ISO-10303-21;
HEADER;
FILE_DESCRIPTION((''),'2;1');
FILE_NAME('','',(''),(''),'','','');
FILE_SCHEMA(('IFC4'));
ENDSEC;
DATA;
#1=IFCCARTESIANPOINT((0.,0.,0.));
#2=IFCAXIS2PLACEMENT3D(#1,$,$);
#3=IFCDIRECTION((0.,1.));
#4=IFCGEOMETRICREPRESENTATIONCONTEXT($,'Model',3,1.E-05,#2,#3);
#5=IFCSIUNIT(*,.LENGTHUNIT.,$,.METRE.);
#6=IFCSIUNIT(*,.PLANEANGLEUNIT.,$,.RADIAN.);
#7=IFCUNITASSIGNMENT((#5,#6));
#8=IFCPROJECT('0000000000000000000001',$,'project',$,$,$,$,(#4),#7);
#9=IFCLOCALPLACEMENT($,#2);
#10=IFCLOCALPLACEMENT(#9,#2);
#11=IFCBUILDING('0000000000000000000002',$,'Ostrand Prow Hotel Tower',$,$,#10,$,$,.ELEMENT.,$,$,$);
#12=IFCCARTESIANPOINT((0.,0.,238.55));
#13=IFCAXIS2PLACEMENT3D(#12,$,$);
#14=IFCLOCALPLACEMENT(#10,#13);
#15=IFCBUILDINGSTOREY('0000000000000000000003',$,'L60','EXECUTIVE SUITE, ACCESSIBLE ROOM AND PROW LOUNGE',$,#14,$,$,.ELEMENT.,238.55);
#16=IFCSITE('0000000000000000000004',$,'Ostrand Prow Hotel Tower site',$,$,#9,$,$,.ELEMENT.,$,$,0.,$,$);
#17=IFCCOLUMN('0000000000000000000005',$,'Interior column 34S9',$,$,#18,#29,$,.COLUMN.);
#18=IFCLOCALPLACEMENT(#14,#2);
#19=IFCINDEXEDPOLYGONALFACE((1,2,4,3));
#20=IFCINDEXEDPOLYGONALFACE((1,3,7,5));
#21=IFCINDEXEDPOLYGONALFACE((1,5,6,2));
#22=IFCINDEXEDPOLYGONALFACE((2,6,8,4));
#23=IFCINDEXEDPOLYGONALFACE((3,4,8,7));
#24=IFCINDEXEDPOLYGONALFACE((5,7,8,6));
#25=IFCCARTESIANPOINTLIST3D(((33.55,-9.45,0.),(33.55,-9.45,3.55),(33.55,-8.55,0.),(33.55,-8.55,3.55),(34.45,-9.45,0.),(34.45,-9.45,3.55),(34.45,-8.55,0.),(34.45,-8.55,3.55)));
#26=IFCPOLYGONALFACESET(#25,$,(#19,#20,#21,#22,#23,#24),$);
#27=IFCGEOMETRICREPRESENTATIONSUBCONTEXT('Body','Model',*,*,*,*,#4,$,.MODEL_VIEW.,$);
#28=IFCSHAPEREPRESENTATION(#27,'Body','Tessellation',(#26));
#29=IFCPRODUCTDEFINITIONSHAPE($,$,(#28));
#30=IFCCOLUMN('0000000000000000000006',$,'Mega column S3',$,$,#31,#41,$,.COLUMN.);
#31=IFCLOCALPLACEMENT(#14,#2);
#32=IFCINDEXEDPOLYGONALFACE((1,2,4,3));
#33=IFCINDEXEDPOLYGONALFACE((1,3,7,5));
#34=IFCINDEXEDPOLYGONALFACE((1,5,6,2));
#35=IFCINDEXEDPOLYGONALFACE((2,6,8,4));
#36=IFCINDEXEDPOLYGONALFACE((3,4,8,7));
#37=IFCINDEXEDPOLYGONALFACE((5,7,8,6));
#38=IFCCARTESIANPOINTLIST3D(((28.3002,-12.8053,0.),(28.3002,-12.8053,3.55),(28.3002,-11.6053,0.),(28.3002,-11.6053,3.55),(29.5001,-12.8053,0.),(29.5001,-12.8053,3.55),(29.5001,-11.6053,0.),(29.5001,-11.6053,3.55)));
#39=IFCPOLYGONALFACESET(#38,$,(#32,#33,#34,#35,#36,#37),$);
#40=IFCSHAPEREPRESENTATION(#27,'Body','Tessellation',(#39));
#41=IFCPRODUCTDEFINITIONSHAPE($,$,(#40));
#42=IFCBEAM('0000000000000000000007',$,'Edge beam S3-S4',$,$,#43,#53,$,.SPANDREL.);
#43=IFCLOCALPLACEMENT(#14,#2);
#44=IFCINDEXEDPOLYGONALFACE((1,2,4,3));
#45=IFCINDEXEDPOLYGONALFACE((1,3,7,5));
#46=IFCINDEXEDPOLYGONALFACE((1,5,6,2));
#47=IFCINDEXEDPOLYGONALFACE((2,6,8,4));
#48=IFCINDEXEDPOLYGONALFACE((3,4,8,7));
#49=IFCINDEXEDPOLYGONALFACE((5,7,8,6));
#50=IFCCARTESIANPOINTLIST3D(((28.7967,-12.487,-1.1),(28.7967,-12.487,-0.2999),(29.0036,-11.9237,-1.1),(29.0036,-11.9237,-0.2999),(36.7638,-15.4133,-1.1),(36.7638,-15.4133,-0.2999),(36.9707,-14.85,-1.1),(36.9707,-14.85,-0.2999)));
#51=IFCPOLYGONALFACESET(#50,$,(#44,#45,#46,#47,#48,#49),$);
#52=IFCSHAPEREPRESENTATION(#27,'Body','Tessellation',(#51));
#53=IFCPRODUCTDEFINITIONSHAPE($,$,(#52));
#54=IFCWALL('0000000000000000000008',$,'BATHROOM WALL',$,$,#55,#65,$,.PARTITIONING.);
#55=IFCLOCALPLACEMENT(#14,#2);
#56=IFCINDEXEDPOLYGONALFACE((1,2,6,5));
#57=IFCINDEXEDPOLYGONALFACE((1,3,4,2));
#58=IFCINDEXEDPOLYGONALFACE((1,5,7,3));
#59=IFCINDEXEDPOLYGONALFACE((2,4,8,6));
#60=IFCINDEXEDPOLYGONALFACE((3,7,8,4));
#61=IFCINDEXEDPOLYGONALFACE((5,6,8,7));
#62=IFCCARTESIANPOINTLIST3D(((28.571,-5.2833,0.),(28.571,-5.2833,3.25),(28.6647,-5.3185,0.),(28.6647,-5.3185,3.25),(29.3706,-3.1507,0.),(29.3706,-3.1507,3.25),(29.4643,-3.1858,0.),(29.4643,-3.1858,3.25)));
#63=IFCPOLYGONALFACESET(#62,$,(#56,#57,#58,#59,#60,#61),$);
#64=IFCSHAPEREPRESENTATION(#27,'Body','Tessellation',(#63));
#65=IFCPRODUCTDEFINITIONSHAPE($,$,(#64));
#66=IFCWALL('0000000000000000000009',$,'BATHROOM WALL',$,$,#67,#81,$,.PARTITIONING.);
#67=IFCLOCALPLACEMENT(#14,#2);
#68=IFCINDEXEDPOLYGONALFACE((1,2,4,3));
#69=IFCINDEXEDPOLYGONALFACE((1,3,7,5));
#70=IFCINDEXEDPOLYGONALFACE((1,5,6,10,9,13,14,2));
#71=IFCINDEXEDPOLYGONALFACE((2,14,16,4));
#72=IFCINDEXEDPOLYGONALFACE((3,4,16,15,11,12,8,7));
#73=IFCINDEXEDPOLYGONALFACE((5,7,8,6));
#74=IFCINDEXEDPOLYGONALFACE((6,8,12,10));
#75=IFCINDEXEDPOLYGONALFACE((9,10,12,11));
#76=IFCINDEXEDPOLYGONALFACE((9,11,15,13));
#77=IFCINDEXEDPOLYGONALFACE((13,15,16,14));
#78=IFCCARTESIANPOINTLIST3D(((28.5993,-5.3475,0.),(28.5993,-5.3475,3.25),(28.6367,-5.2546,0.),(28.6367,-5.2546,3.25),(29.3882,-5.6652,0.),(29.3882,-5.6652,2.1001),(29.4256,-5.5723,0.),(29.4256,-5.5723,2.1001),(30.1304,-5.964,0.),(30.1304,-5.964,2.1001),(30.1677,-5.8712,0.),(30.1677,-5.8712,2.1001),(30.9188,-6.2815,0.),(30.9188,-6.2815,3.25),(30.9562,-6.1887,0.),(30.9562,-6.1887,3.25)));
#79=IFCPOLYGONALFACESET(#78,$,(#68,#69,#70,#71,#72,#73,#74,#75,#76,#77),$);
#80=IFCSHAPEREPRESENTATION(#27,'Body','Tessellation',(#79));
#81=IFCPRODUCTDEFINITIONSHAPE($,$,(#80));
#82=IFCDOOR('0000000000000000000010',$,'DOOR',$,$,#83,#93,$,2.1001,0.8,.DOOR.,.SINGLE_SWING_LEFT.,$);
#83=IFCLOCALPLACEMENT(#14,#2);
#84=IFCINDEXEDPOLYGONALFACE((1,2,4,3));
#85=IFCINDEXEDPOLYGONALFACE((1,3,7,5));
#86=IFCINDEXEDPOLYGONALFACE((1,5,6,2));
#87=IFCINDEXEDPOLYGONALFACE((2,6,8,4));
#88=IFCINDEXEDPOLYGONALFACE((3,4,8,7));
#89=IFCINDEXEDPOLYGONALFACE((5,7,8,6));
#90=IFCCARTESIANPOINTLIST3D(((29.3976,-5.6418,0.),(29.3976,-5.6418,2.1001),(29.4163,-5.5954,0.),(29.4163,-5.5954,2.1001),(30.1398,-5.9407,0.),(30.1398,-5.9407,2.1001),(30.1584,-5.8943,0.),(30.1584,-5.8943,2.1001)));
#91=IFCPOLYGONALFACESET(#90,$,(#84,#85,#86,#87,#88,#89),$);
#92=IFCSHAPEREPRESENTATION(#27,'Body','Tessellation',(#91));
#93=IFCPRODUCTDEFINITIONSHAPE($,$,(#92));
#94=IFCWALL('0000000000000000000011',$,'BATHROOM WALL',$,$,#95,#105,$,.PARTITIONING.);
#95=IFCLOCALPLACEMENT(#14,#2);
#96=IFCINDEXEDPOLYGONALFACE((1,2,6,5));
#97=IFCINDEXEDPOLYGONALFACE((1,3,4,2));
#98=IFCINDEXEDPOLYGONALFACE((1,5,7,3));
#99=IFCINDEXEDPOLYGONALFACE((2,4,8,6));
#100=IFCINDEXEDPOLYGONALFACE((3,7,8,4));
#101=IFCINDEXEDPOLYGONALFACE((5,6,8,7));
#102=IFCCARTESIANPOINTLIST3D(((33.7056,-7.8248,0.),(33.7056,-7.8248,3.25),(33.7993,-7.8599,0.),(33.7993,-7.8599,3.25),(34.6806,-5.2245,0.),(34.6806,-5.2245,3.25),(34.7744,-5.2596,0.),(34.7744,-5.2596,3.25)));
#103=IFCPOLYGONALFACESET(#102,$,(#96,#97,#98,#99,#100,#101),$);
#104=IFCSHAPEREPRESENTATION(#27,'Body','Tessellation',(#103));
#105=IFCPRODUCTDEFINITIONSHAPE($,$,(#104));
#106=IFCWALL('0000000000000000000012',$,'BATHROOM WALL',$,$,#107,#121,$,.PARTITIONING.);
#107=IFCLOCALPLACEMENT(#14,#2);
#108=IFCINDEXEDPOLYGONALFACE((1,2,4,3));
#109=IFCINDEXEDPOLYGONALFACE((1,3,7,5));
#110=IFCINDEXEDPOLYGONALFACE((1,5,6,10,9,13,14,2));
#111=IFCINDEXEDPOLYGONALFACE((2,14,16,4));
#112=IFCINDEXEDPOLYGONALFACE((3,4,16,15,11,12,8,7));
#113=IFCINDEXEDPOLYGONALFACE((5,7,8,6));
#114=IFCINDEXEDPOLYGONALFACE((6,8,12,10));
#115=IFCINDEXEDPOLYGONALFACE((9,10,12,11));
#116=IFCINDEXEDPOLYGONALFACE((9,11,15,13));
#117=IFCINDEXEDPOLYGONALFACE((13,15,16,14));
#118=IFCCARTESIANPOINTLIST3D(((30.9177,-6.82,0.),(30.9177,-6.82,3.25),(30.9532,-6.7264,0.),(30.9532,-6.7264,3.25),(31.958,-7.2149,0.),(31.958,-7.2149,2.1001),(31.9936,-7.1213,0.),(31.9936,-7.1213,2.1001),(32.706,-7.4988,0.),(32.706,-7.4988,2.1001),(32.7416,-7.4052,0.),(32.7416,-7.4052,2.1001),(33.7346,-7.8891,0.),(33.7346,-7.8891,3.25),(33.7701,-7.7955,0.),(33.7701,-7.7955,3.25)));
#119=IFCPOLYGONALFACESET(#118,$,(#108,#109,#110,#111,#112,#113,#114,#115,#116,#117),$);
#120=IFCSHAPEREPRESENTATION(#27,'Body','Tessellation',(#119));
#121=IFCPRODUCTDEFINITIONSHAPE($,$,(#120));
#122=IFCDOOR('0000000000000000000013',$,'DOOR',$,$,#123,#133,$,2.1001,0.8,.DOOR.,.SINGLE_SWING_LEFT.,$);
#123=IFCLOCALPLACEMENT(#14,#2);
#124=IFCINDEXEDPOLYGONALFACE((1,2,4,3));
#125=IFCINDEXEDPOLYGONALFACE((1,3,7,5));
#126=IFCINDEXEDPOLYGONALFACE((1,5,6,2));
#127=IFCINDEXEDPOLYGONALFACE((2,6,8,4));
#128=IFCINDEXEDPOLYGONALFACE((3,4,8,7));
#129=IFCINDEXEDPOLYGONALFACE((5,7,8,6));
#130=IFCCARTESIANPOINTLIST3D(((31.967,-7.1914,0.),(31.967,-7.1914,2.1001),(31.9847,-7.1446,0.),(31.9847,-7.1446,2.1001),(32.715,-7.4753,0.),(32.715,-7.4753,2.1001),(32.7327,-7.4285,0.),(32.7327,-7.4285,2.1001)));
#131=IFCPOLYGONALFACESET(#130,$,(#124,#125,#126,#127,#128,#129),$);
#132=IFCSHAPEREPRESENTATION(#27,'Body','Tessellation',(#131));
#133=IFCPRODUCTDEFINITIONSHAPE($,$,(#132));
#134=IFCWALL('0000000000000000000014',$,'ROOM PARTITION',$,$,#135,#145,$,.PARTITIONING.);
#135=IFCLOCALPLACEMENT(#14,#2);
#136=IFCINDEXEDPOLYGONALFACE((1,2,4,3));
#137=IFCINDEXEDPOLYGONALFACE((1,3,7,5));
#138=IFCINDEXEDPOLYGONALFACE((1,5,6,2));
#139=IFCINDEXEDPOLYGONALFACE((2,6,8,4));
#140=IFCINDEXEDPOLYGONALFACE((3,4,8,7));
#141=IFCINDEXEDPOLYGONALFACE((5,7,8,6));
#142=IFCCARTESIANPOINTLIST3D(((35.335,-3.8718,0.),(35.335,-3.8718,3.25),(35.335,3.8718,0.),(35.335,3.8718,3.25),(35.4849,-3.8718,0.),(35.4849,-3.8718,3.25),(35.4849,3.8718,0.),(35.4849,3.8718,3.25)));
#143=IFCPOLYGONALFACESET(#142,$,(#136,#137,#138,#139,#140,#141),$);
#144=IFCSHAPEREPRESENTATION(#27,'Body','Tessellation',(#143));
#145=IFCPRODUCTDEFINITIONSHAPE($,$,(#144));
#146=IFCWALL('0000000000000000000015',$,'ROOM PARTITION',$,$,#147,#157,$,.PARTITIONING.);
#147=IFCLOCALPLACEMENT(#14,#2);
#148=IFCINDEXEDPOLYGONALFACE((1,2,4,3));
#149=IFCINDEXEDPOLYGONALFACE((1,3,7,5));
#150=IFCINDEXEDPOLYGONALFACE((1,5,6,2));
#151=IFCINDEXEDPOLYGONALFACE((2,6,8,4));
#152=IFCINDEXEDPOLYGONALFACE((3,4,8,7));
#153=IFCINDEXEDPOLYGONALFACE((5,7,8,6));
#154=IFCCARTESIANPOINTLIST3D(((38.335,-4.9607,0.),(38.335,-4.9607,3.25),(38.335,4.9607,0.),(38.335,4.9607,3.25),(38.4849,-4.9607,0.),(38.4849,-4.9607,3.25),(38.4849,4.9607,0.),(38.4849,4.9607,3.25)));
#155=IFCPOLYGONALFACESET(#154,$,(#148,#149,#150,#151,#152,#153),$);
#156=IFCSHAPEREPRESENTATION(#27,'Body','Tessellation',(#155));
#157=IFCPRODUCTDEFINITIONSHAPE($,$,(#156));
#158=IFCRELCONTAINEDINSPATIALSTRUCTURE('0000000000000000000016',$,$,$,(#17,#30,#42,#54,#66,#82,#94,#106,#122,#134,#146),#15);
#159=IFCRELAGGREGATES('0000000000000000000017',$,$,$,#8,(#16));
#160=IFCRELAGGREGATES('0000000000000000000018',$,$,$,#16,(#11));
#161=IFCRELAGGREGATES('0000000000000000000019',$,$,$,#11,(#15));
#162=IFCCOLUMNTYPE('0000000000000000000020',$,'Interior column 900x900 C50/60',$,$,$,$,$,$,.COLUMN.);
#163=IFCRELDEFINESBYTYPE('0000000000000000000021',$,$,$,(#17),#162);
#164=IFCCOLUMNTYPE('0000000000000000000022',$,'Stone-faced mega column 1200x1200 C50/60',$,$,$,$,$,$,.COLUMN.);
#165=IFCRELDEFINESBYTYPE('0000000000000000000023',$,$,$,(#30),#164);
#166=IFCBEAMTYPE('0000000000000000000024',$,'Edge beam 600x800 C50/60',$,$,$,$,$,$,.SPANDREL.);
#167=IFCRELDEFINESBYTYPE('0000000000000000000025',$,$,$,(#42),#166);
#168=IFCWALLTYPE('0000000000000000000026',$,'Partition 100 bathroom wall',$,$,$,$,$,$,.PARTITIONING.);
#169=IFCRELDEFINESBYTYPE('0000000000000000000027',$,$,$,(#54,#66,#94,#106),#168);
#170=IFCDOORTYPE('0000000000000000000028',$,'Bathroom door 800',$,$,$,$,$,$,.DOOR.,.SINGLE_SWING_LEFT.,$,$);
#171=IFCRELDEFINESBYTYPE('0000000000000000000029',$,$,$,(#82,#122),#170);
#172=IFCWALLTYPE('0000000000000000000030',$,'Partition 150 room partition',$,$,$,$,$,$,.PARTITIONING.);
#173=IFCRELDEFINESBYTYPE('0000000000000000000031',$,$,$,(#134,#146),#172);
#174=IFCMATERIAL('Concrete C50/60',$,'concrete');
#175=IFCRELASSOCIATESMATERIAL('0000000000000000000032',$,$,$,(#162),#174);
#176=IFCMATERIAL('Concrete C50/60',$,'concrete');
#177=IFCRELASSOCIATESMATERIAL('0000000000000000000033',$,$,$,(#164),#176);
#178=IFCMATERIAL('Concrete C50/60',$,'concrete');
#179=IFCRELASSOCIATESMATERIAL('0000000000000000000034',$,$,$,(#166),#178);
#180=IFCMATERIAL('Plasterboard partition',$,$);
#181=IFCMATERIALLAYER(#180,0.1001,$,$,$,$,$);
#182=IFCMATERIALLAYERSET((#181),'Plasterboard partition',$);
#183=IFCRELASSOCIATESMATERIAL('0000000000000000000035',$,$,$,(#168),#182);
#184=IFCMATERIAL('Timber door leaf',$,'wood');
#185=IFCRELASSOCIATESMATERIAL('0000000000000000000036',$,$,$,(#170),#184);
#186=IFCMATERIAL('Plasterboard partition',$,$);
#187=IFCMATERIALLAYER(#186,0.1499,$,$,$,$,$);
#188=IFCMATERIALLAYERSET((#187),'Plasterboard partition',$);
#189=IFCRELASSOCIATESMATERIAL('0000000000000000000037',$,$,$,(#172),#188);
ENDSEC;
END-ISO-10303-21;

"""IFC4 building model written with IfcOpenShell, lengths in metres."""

from ifc_helpers import new_model, si_unit, direction, frame, frame_2d, origin, origin_2d, place, context, subcontext, project, spatial, rectangle, extrude, material, layer, layer_set, material_profile, profile_set, type_object, element, fill, save


model = new_model("IFC4")

# Units and contexts
model_context = context("Model", 3, precision=1e-05, world=origin(), true_north=direction((0.0, 1.0)))
body_context = subcontext(model_context, "Body", "Model", "MODEL_VIEW")
ifc_project = project(units=[si_unit("LENGTHUNIT", "METRE"), si_unit("PLANEANGLEUNIT", "RADIAN")], contexts=[model_context])

# Site, building, storey
site_placement = place(None, origin())
site = spatial("IfcSite", under=ifc_project, at=site_placement, Name="Ostrand Prow Hotel Tower site", CompositionType="ELEMENT", RefElevation=0.0)
building_placement = place(site_placement, origin())
building = spatial("IfcBuilding", under=site, at=building_placement, Name="Ostrand Prow Hotel Tower", CompositionType="ELEMENT")
storey_placement = place(building_placement, frame((0.0, 0.0, 238.55)))
storey = spatial("IfcBuildingStorey", under=building, at=storey_placement, Name="L60", Description="EXECUTIVE SUITE, ACCESSIBLE ROOM AND PROW LOUNGE", CompositionType="ELEMENT", Elevation=238.55)

# Columns
ifc_material_1 = material(Name="Concrete C50/60", Category="concrete")
ifc_material_profile_1 = material_profile(ifc_material_1, rectangle(XDim=0.8999, YDim=0.8999, at=origin_2d()), Name="RC 900x900")
ifc_profile_set_1 = profile_set([ifc_material_profile_1], Name="Concrete C50/60")
column_type_1 = type_object("IfcColumnType", Name="Interior column 900x900 C50/60", PredefinedType="COLUMN", material=ifc_profile_set_1)
column_1_placement = place(storey_placement, frame((34.0, -9.0, 0.0), z_axis=(0.0, 0.0, 1.0), x_axis=(1.0, 0.0, 0.0)))
element("IfcColumn", 1, at=column_1_placement, inside=storey, type_object=column_type_1, Name="Interior column 34S9", PredefinedType="COLUMN", context=body_context, shape_type="SweptSolid", body=[
    extrude(rectangle(XDim=0.8999, YDim=0.8999, at=origin_2d()), origin(), (0.0, 0.0, 1.0), 3.55),
])
ifc_material_2 = material(Name="Concrete C50/60", Category="concrete")
ifc_material_profile_2 = material_profile(ifc_material_2, rectangle(XDim=1.2, YDim=1.2, at=origin_2d()), Name="RC 1200x1200")
ifc_profile_set_2 = profile_set([ifc_material_profile_2], Name="Concrete C50/60")
column_type_2 = type_object("IfcColumnType", Name="Stone-faced mega column 1200x1200 C50/60", PredefinedType="COLUMN", material=ifc_profile_set_2)
column_2_placement = place(storey_placement, frame((28.9001, -12.2053, 0.0), z_axis=(0.0, 0.0, 1.0), x_axis=(1.0, 0.0, 0.0)))
element("IfcColumn", 2, at=column_2_placement, inside=storey, type_object=column_type_2, Name="Mega column S3", PredefinedType="COLUMN", context=body_context, shape_type="SweptSolid", body=[
    extrude(rectangle(XDim=1.2, YDim=1.2, at=origin_2d()), origin(), (0.0, 0.0, 1.0), 3.55),
])

# Beam
ifc_material_3 = material(Name="Concrete C50/60", Category="concrete")
ifc_material_profile_3 = material_profile(ifc_material_3, rectangle(XDim=0.6001, YDim=0.8, at=origin_2d()), Name="RC 600x800")
ifc_profile_set_3 = profile_set([ifc_material_profile_3], Name="Concrete C50/60")
beam_type = type_object("IfcBeamType", Name="Edge beam 600x800 C50/60", PredefinedType="SPANDREL", material=ifc_profile_set_3)
beam_placement = place(storey_placement, frame((28.9001, -12.2053, -0.7), z_axis=(0.938685, -0.344776, 0.0), x_axis=(0.344776, 0.938685, 0.0)))
element("IfcBeam", 3, at=beam_placement, inside=storey, type_object=beam_type, Name="Edge beam S3-S4", PredefinedType="SPANDREL", context=body_context, shape_type="SweptSolid", body=[
    extrude(rectangle(XDim=0.6001, YDim=0.8, at=origin_2d()), origin(), (0.0, 0.0, 1.0), 8.4875),
])

# Wall
ifc_material_4 = material(Name="Plasterboard partition")
ifc_layer_1 = layer(ifc_material_4, 0.1001)
ifc_layer_set_1 = layer_set([ifc_layer_1], Name="Plasterboard partition")
wall_type_1 = type_object("IfcWallType", Name="Partition 100 bathroom wall", PredefinedType="PARTITIONING", material=ifc_layer_set_1)
wall_1_placement = place(storey_placement, frame((28.6179, -5.3008, 0.0), z_axis=(0.0, 0.0, 1.0), x_axis=(0.351065, 0.936351, 0.0)))
element("IfcWall", 4, at=wall_1_placement, inside=storey, type_object=wall_type_1, Name="BATHROOM WALL", PredefinedType="PARTITIONING", context=body_context, shape_type="SweptSolid", body=[
    extrude(rectangle(XDim=2.2776, YDim=0.1001, at=frame_2d((1.1387, 0.0))), origin(), (0.0, 0.0, 1.0), 3.25),
])

# Wall, opening, door
wall_2_placement = place(storey_placement, frame((30.9375, -6.2351, 0.0), z_axis=(0.0, 0.0, 1.0), x_axis=(-0.927612, 0.373544, 0.0)))
wall_2 = element("IfcWall", 5, at=wall_2_placement, inside=storey, type_object=wall_type_1, Name="BATHROOM WALL", PredefinedType="PARTITIONING", context=body_context, shape_type="SweptSolid", body=[
    extrude(rectangle(XDim=2.5005, YDim=0.1001, at=frame_2d((1.2502, 0.0))), origin(), (0.0, 0.0, 1.0), 3.25),
])
opening_1_placement = place(wall_2_placement, frame((0.8501, 0.0, 0.0)))
opening_1 = element("IfcOpeningElement", 6, at=opening_1_placement, cuts=wall_2, PredefinedType="OPENING", context=body_context, shape_type="SweptSolid", body=[
    extrude(rectangle(XDim=0.8, YDim=2.1001, at=frame_2d((0.3999, 1.05))), frame((0.0, 0.0601, 0.0), z_axis=(0.0, -1.0, 0.0), x_axis=(1.0, 0.0, 0.0)), (0.0, 0.0, 1.0), 0.1201),
])
ifc_material_5 = material(Name="Timber door leaf", Category="wood")
door_type_1 = type_object("IfcDoorType", Name="Bathroom door 800", OperationType="SINGLE_SWING_LEFT", PredefinedType="DOOR", material=ifc_material_5)
door_1_placement = place(opening_1_placement, origin())
door_1 = element("IfcDoor", 7, at=door_1_placement, inside=storey, type_object=door_type_1, Name="DOOR", OperationType="SINGLE_SWING_LEFT", OverallHeight=2.1001, OverallWidth=0.8, PredefinedType="DOOR", context=body_context, shape_type="SweptSolid", body=[
    extrude(rectangle(XDim=0.8, YDim=2.1001, at=frame_2d((0.3999, 1.05))), frame((0.0, 0.0249, 0.0), z_axis=(0.0, -1.0, 0.0), x_axis=(1.0, 0.0, 0.0)), (0.0, 0.0, 1.0), 0.05),
])
fill(opening_1, door_1)

# Wall
wall_3_placement = place(storey_placement, frame((34.7275, -5.2419, 0.0), z_axis=(0.0, 0.0, 1.0), x_axis=(-0.351114, -0.936333, 0.0)))
element("IfcWall", 8, at=wall_3_placement, inside=storey, type_object=wall_type_1, Name="BATHROOM WALL", PredefinedType="PARTITIONING", context=body_context, shape_type="SweptSolid", body=[
    extrude(rectangle(XDim=2.7771, YDim=0.1001, at=frame_2d((1.3887, 0.0))), origin(), (0.0, 0.0, 1.0), 3.25),
])

# Wall, opening, door
wall_4_placement = place(storey_placement, frame((33.7522, -7.8423, 0.0), z_axis=(0.0, 0.0, 1.0), x_axis=(-0.93493, 0.354833, 0.0)))
wall_4 = element("IfcWall", 9, at=wall_4_placement, inside=storey, type_object=wall_type_1, Name="BATHROOM WALL", PredefinedType="PARTITIONING", context=body_context, shape_type="SweptSolid", body=[
    extrude(rectangle(XDim=3.0129, YDim=0.1001, at=frame_2d((1.5063, 0.0))), origin(), (0.0, 0.0, 1.0), 3.25),
])
opening_2_placement = place(wall_4_placement, frame((1.1001, 0.0, 0.0)))
opening_2 = element("IfcOpeningElement", 10, at=opening_2_placement, cuts=wall_4, PredefinedType="OPENING", context=body_context, shape_type="SweptSolid", body=[
    extrude(rectangle(XDim=0.8, YDim=2.1001, at=frame_2d((0.3999, 1.05))), frame((0.0, 0.0601, 0.0), z_axis=(0.0, -1.0, 0.0), x_axis=(1.0, 0.0, 0.0)), (0.0, 0.0, 1.0), 0.1201),
])
door_2_placement = place(opening_2_placement, origin())
door_2 = element("IfcDoor", 11, at=door_2_placement, inside=storey, type_object=door_type_1, Name="DOOR", OperationType="SINGLE_SWING_LEFT", OverallHeight=2.1001, OverallWidth=0.8, PredefinedType="DOOR", context=body_context, shape_type="SweptSolid", body=[
    extrude(rectangle(XDim=0.8, YDim=2.1001, at=frame_2d((0.3999, 1.05))), frame((0.0, 0.0249, 0.0), z_axis=(0.0, -1.0, 0.0), x_axis=(1.0, 0.0, 0.0)), (0.0, 0.0, 1.0), 0.05),
])
fill(opening_2, door_2)

# Walls
ifc_material_6 = material(Name="Plasterboard partition")
ifc_layer_2 = layer(ifc_material_6, 0.1499)
ifc_layer_set_2 = layer_set([ifc_layer_2], Name="Plasterboard partition")
wall_type_2 = type_object("IfcWallType", Name="Partition 150 room partition", PredefinedType="PARTITIONING", material=ifc_layer_set_2)
wall_5_placement = place(storey_placement, frame((35.4099, -3.8718, 0.0), z_axis=(0.0, 0.0, 1.0), x_axis=(0.0, 1.0, 0.0)))
element("IfcWall", 12, at=wall_5_placement, inside=storey, type_object=wall_type_2, Name="ROOM PARTITION", PredefinedType="PARTITIONING", context=body_context, shape_type="SweptSolid", body=[
    extrude(rectangle(XDim=7.7437, YDim=0.1499, at=frame_2d((3.8718, 0.0))), origin(), (0.0, 0.0, 1.0), 3.25),
])
wall_6_placement = place(storey_placement, frame((38.4099, -4.9607, 0.0), z_axis=(0.0, 0.0, 1.0), x_axis=(0.0, 1.0, 0.0)))
element("IfcWall", 13, at=wall_6_placement, inside=storey, type_object=wall_type_2, Name="ROOM PARTITION", PredefinedType="PARTITIONING", context=body_context, shape_type="SweptSolid", body=[
    extrude(rectangle(XDim=9.9214, YDim=0.1499, at=frame_2d((4.9607, 0.0))), origin(), (0.0, 0.0, 1.0), 3.25),
])

save(model, "model.ifc")
